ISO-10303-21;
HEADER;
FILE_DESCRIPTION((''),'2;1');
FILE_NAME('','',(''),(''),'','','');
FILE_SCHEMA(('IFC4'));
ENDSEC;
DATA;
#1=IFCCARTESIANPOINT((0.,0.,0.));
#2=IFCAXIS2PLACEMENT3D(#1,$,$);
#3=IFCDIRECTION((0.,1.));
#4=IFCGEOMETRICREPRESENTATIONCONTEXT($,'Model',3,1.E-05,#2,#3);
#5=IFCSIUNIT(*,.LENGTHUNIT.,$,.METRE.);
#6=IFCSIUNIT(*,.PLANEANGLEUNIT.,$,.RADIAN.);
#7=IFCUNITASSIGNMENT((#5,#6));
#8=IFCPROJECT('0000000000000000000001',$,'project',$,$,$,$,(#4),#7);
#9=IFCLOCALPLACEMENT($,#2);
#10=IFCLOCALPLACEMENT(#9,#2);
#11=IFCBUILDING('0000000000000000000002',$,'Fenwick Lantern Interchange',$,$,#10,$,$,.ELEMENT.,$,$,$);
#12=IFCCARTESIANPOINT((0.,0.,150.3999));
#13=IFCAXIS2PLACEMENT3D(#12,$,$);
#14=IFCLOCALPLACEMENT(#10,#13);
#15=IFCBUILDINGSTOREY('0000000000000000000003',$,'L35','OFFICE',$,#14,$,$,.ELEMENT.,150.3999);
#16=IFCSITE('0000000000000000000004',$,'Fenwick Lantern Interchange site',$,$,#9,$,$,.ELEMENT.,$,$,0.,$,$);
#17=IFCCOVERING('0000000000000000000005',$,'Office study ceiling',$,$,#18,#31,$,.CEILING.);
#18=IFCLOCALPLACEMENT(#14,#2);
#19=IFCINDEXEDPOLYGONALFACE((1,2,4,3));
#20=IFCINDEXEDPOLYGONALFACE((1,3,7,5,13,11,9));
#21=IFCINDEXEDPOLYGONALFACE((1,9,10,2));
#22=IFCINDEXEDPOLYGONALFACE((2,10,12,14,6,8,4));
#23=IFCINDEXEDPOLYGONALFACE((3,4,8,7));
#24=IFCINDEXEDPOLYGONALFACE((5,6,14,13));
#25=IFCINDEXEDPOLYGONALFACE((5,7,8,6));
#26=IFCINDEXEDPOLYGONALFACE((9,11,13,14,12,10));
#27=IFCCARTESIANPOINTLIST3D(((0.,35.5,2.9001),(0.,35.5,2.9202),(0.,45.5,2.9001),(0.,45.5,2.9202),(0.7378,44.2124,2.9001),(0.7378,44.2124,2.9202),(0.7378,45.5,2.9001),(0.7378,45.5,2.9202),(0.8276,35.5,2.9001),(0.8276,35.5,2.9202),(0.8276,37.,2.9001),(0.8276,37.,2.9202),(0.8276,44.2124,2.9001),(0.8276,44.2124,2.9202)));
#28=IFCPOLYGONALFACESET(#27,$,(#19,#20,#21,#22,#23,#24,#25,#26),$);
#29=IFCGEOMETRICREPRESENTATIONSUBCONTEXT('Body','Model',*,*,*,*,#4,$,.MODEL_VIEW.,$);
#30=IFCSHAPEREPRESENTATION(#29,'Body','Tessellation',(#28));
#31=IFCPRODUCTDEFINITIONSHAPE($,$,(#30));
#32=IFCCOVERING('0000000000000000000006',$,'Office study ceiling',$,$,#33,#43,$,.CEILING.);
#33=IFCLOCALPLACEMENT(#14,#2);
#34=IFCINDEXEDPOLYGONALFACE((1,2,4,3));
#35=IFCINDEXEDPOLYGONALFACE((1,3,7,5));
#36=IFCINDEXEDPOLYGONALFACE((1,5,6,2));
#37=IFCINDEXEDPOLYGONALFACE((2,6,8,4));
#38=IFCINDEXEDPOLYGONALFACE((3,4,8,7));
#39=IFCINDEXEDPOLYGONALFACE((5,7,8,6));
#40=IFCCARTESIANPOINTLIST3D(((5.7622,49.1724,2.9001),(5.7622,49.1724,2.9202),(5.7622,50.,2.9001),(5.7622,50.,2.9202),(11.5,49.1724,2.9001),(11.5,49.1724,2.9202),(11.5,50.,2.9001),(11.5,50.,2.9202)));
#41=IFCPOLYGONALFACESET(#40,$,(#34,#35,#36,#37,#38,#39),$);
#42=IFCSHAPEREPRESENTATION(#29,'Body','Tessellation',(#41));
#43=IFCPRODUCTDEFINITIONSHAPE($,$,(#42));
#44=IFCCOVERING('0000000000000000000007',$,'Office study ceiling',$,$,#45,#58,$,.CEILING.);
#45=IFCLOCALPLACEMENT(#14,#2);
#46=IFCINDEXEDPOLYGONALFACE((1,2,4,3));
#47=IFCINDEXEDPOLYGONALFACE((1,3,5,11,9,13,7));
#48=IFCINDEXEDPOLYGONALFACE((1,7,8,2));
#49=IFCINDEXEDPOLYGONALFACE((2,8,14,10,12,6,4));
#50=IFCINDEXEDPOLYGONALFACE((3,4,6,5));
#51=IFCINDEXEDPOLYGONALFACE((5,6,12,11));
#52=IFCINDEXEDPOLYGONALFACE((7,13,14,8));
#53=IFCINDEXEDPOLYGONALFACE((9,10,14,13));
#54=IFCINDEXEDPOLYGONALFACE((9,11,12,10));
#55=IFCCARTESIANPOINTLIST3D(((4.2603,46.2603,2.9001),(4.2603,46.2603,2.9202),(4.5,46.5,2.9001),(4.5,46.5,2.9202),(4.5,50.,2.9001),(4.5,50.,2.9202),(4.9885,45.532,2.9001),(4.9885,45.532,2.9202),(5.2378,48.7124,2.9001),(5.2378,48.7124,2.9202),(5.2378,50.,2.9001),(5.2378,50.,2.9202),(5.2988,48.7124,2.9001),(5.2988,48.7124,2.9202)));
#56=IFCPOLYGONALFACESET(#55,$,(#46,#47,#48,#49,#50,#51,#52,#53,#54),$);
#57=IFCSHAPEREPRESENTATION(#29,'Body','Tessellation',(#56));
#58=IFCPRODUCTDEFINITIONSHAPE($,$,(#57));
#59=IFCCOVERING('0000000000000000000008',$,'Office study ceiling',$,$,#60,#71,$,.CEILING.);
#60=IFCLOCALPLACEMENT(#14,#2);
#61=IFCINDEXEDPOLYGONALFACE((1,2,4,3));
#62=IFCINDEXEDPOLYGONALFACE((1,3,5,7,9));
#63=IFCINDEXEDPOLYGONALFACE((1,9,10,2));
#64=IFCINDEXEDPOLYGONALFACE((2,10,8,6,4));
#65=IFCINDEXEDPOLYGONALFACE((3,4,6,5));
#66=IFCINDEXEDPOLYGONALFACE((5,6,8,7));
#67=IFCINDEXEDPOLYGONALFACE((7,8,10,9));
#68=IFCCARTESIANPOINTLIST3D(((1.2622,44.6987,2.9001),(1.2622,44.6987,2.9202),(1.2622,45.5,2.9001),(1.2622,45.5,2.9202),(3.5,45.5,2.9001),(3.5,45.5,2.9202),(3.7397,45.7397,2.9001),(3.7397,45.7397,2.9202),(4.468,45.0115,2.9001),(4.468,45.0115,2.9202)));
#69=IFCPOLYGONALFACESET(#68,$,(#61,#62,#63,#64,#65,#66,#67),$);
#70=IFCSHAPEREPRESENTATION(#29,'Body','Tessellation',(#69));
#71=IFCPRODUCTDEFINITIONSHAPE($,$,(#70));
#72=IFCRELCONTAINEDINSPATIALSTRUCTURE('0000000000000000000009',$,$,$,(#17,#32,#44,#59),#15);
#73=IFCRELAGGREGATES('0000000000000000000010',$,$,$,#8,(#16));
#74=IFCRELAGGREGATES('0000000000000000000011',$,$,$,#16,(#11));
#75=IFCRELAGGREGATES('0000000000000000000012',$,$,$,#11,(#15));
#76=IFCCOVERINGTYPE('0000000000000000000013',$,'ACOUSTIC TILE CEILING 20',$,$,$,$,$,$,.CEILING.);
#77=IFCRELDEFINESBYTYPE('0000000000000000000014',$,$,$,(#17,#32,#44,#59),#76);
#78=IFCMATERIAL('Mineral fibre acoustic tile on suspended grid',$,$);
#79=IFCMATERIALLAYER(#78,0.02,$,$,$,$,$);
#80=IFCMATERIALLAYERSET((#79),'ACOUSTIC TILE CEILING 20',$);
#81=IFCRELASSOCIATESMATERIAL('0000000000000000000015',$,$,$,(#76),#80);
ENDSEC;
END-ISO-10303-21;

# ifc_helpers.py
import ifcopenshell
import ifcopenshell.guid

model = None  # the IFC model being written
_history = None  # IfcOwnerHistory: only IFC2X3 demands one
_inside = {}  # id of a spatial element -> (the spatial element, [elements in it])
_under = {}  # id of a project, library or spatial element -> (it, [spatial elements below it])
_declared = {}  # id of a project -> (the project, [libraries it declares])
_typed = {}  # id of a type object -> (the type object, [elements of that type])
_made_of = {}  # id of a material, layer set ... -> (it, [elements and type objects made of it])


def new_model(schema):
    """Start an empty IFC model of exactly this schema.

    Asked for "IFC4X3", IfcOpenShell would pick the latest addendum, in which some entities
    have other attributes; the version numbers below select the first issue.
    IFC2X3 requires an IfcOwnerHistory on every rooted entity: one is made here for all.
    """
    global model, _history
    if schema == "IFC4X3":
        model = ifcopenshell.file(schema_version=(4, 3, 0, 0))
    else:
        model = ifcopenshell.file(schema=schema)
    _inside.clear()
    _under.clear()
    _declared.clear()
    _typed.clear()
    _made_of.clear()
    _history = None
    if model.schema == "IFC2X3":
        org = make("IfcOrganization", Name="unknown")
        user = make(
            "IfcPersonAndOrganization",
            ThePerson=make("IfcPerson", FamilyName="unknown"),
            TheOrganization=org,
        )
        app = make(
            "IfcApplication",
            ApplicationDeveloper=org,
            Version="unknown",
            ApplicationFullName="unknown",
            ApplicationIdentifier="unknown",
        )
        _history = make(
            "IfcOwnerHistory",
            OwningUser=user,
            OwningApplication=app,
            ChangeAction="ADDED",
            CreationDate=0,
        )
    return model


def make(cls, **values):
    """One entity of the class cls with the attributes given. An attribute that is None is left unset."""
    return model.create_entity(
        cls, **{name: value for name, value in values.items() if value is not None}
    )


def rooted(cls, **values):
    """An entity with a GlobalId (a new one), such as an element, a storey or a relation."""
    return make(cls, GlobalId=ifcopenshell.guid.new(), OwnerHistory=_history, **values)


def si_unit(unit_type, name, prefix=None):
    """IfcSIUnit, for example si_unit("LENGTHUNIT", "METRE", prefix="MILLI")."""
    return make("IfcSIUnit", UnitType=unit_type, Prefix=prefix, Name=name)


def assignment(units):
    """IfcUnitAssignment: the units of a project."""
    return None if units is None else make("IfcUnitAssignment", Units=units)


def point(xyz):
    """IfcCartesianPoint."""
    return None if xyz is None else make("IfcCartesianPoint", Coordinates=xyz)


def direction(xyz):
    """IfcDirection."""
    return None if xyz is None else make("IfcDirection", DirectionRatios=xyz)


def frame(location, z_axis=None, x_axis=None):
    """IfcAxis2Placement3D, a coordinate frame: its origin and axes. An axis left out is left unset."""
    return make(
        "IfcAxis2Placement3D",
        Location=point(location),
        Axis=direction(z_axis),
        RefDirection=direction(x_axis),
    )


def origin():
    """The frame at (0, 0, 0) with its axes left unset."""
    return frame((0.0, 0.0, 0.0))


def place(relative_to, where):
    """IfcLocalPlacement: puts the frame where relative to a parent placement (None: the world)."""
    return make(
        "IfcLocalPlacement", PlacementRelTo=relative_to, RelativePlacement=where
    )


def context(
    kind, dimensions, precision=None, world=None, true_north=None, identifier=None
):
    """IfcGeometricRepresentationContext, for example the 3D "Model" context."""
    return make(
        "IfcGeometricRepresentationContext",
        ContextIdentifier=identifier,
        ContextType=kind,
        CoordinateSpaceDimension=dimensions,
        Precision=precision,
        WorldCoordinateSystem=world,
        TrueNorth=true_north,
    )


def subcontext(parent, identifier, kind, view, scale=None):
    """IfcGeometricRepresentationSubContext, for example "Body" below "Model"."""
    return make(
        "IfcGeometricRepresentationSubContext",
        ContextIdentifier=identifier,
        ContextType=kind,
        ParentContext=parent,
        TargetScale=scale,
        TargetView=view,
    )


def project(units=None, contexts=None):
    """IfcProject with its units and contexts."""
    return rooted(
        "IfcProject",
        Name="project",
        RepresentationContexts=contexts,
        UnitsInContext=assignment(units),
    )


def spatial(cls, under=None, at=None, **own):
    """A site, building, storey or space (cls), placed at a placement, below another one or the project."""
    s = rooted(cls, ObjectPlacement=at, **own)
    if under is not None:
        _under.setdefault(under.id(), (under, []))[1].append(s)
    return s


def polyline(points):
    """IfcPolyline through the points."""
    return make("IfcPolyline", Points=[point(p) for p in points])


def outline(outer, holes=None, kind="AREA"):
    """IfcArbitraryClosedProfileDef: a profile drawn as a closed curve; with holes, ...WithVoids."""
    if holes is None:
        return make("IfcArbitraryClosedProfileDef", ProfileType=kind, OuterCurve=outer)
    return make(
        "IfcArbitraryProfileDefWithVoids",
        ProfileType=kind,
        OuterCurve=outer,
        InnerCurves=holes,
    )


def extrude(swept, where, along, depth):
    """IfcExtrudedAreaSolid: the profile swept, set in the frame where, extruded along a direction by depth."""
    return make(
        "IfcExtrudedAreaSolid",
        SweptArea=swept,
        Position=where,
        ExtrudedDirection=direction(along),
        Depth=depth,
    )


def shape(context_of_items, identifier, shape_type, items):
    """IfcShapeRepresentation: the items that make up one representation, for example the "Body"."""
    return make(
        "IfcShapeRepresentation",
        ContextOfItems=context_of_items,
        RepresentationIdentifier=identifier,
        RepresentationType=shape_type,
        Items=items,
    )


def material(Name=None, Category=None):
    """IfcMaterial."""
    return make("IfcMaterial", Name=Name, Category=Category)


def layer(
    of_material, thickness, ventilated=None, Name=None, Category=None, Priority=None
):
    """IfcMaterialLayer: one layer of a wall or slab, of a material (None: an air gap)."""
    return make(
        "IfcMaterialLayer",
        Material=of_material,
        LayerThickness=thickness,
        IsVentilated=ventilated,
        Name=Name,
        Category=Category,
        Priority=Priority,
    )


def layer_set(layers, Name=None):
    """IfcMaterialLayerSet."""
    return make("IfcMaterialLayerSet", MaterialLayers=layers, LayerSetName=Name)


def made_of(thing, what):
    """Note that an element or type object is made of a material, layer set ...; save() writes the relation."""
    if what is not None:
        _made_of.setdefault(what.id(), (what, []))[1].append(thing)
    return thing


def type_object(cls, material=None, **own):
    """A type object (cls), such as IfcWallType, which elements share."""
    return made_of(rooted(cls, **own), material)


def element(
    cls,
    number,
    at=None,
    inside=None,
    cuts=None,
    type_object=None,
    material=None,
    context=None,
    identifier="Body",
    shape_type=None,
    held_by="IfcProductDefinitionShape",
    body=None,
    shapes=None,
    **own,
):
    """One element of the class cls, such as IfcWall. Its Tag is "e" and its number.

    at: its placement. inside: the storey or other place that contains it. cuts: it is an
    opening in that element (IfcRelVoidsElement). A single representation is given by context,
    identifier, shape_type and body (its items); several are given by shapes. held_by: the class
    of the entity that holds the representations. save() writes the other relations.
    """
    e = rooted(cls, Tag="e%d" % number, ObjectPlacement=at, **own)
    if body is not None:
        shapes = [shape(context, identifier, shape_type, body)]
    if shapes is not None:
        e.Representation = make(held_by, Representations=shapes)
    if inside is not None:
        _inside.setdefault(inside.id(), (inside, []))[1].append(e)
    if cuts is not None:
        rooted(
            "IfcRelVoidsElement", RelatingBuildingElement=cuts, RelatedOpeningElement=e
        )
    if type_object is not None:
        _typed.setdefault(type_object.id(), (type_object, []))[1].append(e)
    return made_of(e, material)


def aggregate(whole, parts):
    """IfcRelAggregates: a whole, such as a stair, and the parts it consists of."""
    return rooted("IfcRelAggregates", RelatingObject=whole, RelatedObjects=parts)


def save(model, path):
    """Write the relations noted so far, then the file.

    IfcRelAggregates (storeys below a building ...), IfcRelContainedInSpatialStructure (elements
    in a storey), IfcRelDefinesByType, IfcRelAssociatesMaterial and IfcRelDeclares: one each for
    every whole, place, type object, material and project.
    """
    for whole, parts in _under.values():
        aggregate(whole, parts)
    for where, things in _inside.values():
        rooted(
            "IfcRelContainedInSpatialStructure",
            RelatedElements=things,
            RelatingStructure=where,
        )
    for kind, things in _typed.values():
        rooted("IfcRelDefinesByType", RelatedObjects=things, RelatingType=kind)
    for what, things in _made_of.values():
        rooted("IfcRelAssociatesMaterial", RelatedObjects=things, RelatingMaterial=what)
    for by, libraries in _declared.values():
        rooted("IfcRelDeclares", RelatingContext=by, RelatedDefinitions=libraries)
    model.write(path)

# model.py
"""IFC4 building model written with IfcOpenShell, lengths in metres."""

from ifc_helpers import new_model, si_unit, direction, frame, origin, place, context, subcontext, project, spatial, polyline, outline, extrude, material, layer, layer_set, type_object, element, save


model = new_model("IFC4")

# Units and contexts
model_context = context("Model", 3, precision=1e-05, world=origin(), true_north=direction((0.0, 1.0)))
body_context = subcontext(model_context, "Body", "Model", "MODEL_VIEW")
ifc_project = project(units=[si_unit("LENGTHUNIT", "METRE"), si_unit("PLANEANGLEUNIT", "RADIAN")], contexts=[model_context])

# Site, building, storey
site_placement = place(None, origin())
site = spatial("IfcSite", under=ifc_project, at=site_placement, Name="Fenwick Lantern Interchange site", CompositionType="ELEMENT", RefElevation=0.0)
building_placement = place(site_placement, origin())
building = spatial("IfcBuilding", under=site, at=building_placement, Name="Fenwick Lantern Interchange", CompositionType="ELEMENT")
storey_placement = place(building_placement, frame((0.0, 0.0, 150.3999)))
storey = spatial("IfcBuildingStorey", under=building, at=storey_placement, Name="L35", Description="OFFICE", CompositionType="ELEMENT", Elevation=150.3999)

# Coverings
ifc_material = material(Name="Mineral fibre acoustic tile on suspended grid")
ifc_layer = layer(ifc_material, 0.02)
ifc_layer_set = layer_set([ifc_layer], Name="ACOUSTIC TILE CEILING 20")
covering_type = type_object("IfcCoveringType", Name="ACOUSTIC TILE CEILING 20", PredefinedType="CEILING", material=ifc_layer_set)
covering_1_placement = place(storey_placement, frame((0.0, 0.0, 2.9001)))
element("IfcCovering", 1, at=covering_1_placement, inside=storey, type_object=covering_type, Name="Office study ceiling", PredefinedType="CEILING", context=body_context, shape_type="SweptSolid", body=[
    extrude(outline(polyline([(0.0, 35.5), (0.8276, 35.5), (0.8276, 37.0), (0.8276, 44.2124), (0.7378, 44.2124), (0.7378, 45.5), (0.0, 45.5), (0.0, 35.5)])), origin(), (0.0, 0.0, 1.0), 0.02),
])
covering_2_placement = place(storey_placement, frame((0.0, 0.0, 2.9001)))
element("IfcCovering", 2, at=covering_2_placement, inside=storey, type_object=covering_type, Name="Office study ceiling", PredefinedType="CEILING", context=body_context, shape_type="SweptSolid", body=[
    extrude(outline(polyline([(5.7622, 50.0), (5.7622, 49.1724), (11.5, 49.1724), (11.5, 50.0), (5.7622, 50.0)])), origin(), (0.0, 0.0, 1.0), 0.02),
])
covering_3_placement = place(storey_placement, frame((0.0, 0.0, 2.9001)))
element("IfcCovering", 3, at=covering_3_placement, inside=storey, type_object=covering_type, Name="Office study ceiling", PredefinedType="CEILING", context=body_context, shape_type="SweptSolid", body=[
    extrude(outline(polyline([(5.2988, 48.7124), (5.2378, 48.7124), (5.2378, 50.0), (4.5, 50.0), (4.5, 46.5), (4.2603, 46.2603), (4.9885, 45.532), (5.2988, 48.7124)])), origin(), (0.0, 0.0, 1.0), 0.02),
])
covering_4_placement = place(storey_placement, frame((0.0, 0.0, 2.9001)))
element("IfcCovering", 4, at=covering_4_placement, inside=storey, type_object=covering_type, Name="Office study ceiling", PredefinedType="CEILING", context=body_context, shape_type="SweptSolid", body=[
    extrude(outline(polyline([(1.2622, 45.5), (1.2622, 44.6987), (4.468, 45.0115), (3.7397, 45.7397), (3.5, 45.5), (1.2622, 45.5)])), origin(), (0.0, 0.0, 1.0), 0.02),
])

save(model, "model.ifc")
